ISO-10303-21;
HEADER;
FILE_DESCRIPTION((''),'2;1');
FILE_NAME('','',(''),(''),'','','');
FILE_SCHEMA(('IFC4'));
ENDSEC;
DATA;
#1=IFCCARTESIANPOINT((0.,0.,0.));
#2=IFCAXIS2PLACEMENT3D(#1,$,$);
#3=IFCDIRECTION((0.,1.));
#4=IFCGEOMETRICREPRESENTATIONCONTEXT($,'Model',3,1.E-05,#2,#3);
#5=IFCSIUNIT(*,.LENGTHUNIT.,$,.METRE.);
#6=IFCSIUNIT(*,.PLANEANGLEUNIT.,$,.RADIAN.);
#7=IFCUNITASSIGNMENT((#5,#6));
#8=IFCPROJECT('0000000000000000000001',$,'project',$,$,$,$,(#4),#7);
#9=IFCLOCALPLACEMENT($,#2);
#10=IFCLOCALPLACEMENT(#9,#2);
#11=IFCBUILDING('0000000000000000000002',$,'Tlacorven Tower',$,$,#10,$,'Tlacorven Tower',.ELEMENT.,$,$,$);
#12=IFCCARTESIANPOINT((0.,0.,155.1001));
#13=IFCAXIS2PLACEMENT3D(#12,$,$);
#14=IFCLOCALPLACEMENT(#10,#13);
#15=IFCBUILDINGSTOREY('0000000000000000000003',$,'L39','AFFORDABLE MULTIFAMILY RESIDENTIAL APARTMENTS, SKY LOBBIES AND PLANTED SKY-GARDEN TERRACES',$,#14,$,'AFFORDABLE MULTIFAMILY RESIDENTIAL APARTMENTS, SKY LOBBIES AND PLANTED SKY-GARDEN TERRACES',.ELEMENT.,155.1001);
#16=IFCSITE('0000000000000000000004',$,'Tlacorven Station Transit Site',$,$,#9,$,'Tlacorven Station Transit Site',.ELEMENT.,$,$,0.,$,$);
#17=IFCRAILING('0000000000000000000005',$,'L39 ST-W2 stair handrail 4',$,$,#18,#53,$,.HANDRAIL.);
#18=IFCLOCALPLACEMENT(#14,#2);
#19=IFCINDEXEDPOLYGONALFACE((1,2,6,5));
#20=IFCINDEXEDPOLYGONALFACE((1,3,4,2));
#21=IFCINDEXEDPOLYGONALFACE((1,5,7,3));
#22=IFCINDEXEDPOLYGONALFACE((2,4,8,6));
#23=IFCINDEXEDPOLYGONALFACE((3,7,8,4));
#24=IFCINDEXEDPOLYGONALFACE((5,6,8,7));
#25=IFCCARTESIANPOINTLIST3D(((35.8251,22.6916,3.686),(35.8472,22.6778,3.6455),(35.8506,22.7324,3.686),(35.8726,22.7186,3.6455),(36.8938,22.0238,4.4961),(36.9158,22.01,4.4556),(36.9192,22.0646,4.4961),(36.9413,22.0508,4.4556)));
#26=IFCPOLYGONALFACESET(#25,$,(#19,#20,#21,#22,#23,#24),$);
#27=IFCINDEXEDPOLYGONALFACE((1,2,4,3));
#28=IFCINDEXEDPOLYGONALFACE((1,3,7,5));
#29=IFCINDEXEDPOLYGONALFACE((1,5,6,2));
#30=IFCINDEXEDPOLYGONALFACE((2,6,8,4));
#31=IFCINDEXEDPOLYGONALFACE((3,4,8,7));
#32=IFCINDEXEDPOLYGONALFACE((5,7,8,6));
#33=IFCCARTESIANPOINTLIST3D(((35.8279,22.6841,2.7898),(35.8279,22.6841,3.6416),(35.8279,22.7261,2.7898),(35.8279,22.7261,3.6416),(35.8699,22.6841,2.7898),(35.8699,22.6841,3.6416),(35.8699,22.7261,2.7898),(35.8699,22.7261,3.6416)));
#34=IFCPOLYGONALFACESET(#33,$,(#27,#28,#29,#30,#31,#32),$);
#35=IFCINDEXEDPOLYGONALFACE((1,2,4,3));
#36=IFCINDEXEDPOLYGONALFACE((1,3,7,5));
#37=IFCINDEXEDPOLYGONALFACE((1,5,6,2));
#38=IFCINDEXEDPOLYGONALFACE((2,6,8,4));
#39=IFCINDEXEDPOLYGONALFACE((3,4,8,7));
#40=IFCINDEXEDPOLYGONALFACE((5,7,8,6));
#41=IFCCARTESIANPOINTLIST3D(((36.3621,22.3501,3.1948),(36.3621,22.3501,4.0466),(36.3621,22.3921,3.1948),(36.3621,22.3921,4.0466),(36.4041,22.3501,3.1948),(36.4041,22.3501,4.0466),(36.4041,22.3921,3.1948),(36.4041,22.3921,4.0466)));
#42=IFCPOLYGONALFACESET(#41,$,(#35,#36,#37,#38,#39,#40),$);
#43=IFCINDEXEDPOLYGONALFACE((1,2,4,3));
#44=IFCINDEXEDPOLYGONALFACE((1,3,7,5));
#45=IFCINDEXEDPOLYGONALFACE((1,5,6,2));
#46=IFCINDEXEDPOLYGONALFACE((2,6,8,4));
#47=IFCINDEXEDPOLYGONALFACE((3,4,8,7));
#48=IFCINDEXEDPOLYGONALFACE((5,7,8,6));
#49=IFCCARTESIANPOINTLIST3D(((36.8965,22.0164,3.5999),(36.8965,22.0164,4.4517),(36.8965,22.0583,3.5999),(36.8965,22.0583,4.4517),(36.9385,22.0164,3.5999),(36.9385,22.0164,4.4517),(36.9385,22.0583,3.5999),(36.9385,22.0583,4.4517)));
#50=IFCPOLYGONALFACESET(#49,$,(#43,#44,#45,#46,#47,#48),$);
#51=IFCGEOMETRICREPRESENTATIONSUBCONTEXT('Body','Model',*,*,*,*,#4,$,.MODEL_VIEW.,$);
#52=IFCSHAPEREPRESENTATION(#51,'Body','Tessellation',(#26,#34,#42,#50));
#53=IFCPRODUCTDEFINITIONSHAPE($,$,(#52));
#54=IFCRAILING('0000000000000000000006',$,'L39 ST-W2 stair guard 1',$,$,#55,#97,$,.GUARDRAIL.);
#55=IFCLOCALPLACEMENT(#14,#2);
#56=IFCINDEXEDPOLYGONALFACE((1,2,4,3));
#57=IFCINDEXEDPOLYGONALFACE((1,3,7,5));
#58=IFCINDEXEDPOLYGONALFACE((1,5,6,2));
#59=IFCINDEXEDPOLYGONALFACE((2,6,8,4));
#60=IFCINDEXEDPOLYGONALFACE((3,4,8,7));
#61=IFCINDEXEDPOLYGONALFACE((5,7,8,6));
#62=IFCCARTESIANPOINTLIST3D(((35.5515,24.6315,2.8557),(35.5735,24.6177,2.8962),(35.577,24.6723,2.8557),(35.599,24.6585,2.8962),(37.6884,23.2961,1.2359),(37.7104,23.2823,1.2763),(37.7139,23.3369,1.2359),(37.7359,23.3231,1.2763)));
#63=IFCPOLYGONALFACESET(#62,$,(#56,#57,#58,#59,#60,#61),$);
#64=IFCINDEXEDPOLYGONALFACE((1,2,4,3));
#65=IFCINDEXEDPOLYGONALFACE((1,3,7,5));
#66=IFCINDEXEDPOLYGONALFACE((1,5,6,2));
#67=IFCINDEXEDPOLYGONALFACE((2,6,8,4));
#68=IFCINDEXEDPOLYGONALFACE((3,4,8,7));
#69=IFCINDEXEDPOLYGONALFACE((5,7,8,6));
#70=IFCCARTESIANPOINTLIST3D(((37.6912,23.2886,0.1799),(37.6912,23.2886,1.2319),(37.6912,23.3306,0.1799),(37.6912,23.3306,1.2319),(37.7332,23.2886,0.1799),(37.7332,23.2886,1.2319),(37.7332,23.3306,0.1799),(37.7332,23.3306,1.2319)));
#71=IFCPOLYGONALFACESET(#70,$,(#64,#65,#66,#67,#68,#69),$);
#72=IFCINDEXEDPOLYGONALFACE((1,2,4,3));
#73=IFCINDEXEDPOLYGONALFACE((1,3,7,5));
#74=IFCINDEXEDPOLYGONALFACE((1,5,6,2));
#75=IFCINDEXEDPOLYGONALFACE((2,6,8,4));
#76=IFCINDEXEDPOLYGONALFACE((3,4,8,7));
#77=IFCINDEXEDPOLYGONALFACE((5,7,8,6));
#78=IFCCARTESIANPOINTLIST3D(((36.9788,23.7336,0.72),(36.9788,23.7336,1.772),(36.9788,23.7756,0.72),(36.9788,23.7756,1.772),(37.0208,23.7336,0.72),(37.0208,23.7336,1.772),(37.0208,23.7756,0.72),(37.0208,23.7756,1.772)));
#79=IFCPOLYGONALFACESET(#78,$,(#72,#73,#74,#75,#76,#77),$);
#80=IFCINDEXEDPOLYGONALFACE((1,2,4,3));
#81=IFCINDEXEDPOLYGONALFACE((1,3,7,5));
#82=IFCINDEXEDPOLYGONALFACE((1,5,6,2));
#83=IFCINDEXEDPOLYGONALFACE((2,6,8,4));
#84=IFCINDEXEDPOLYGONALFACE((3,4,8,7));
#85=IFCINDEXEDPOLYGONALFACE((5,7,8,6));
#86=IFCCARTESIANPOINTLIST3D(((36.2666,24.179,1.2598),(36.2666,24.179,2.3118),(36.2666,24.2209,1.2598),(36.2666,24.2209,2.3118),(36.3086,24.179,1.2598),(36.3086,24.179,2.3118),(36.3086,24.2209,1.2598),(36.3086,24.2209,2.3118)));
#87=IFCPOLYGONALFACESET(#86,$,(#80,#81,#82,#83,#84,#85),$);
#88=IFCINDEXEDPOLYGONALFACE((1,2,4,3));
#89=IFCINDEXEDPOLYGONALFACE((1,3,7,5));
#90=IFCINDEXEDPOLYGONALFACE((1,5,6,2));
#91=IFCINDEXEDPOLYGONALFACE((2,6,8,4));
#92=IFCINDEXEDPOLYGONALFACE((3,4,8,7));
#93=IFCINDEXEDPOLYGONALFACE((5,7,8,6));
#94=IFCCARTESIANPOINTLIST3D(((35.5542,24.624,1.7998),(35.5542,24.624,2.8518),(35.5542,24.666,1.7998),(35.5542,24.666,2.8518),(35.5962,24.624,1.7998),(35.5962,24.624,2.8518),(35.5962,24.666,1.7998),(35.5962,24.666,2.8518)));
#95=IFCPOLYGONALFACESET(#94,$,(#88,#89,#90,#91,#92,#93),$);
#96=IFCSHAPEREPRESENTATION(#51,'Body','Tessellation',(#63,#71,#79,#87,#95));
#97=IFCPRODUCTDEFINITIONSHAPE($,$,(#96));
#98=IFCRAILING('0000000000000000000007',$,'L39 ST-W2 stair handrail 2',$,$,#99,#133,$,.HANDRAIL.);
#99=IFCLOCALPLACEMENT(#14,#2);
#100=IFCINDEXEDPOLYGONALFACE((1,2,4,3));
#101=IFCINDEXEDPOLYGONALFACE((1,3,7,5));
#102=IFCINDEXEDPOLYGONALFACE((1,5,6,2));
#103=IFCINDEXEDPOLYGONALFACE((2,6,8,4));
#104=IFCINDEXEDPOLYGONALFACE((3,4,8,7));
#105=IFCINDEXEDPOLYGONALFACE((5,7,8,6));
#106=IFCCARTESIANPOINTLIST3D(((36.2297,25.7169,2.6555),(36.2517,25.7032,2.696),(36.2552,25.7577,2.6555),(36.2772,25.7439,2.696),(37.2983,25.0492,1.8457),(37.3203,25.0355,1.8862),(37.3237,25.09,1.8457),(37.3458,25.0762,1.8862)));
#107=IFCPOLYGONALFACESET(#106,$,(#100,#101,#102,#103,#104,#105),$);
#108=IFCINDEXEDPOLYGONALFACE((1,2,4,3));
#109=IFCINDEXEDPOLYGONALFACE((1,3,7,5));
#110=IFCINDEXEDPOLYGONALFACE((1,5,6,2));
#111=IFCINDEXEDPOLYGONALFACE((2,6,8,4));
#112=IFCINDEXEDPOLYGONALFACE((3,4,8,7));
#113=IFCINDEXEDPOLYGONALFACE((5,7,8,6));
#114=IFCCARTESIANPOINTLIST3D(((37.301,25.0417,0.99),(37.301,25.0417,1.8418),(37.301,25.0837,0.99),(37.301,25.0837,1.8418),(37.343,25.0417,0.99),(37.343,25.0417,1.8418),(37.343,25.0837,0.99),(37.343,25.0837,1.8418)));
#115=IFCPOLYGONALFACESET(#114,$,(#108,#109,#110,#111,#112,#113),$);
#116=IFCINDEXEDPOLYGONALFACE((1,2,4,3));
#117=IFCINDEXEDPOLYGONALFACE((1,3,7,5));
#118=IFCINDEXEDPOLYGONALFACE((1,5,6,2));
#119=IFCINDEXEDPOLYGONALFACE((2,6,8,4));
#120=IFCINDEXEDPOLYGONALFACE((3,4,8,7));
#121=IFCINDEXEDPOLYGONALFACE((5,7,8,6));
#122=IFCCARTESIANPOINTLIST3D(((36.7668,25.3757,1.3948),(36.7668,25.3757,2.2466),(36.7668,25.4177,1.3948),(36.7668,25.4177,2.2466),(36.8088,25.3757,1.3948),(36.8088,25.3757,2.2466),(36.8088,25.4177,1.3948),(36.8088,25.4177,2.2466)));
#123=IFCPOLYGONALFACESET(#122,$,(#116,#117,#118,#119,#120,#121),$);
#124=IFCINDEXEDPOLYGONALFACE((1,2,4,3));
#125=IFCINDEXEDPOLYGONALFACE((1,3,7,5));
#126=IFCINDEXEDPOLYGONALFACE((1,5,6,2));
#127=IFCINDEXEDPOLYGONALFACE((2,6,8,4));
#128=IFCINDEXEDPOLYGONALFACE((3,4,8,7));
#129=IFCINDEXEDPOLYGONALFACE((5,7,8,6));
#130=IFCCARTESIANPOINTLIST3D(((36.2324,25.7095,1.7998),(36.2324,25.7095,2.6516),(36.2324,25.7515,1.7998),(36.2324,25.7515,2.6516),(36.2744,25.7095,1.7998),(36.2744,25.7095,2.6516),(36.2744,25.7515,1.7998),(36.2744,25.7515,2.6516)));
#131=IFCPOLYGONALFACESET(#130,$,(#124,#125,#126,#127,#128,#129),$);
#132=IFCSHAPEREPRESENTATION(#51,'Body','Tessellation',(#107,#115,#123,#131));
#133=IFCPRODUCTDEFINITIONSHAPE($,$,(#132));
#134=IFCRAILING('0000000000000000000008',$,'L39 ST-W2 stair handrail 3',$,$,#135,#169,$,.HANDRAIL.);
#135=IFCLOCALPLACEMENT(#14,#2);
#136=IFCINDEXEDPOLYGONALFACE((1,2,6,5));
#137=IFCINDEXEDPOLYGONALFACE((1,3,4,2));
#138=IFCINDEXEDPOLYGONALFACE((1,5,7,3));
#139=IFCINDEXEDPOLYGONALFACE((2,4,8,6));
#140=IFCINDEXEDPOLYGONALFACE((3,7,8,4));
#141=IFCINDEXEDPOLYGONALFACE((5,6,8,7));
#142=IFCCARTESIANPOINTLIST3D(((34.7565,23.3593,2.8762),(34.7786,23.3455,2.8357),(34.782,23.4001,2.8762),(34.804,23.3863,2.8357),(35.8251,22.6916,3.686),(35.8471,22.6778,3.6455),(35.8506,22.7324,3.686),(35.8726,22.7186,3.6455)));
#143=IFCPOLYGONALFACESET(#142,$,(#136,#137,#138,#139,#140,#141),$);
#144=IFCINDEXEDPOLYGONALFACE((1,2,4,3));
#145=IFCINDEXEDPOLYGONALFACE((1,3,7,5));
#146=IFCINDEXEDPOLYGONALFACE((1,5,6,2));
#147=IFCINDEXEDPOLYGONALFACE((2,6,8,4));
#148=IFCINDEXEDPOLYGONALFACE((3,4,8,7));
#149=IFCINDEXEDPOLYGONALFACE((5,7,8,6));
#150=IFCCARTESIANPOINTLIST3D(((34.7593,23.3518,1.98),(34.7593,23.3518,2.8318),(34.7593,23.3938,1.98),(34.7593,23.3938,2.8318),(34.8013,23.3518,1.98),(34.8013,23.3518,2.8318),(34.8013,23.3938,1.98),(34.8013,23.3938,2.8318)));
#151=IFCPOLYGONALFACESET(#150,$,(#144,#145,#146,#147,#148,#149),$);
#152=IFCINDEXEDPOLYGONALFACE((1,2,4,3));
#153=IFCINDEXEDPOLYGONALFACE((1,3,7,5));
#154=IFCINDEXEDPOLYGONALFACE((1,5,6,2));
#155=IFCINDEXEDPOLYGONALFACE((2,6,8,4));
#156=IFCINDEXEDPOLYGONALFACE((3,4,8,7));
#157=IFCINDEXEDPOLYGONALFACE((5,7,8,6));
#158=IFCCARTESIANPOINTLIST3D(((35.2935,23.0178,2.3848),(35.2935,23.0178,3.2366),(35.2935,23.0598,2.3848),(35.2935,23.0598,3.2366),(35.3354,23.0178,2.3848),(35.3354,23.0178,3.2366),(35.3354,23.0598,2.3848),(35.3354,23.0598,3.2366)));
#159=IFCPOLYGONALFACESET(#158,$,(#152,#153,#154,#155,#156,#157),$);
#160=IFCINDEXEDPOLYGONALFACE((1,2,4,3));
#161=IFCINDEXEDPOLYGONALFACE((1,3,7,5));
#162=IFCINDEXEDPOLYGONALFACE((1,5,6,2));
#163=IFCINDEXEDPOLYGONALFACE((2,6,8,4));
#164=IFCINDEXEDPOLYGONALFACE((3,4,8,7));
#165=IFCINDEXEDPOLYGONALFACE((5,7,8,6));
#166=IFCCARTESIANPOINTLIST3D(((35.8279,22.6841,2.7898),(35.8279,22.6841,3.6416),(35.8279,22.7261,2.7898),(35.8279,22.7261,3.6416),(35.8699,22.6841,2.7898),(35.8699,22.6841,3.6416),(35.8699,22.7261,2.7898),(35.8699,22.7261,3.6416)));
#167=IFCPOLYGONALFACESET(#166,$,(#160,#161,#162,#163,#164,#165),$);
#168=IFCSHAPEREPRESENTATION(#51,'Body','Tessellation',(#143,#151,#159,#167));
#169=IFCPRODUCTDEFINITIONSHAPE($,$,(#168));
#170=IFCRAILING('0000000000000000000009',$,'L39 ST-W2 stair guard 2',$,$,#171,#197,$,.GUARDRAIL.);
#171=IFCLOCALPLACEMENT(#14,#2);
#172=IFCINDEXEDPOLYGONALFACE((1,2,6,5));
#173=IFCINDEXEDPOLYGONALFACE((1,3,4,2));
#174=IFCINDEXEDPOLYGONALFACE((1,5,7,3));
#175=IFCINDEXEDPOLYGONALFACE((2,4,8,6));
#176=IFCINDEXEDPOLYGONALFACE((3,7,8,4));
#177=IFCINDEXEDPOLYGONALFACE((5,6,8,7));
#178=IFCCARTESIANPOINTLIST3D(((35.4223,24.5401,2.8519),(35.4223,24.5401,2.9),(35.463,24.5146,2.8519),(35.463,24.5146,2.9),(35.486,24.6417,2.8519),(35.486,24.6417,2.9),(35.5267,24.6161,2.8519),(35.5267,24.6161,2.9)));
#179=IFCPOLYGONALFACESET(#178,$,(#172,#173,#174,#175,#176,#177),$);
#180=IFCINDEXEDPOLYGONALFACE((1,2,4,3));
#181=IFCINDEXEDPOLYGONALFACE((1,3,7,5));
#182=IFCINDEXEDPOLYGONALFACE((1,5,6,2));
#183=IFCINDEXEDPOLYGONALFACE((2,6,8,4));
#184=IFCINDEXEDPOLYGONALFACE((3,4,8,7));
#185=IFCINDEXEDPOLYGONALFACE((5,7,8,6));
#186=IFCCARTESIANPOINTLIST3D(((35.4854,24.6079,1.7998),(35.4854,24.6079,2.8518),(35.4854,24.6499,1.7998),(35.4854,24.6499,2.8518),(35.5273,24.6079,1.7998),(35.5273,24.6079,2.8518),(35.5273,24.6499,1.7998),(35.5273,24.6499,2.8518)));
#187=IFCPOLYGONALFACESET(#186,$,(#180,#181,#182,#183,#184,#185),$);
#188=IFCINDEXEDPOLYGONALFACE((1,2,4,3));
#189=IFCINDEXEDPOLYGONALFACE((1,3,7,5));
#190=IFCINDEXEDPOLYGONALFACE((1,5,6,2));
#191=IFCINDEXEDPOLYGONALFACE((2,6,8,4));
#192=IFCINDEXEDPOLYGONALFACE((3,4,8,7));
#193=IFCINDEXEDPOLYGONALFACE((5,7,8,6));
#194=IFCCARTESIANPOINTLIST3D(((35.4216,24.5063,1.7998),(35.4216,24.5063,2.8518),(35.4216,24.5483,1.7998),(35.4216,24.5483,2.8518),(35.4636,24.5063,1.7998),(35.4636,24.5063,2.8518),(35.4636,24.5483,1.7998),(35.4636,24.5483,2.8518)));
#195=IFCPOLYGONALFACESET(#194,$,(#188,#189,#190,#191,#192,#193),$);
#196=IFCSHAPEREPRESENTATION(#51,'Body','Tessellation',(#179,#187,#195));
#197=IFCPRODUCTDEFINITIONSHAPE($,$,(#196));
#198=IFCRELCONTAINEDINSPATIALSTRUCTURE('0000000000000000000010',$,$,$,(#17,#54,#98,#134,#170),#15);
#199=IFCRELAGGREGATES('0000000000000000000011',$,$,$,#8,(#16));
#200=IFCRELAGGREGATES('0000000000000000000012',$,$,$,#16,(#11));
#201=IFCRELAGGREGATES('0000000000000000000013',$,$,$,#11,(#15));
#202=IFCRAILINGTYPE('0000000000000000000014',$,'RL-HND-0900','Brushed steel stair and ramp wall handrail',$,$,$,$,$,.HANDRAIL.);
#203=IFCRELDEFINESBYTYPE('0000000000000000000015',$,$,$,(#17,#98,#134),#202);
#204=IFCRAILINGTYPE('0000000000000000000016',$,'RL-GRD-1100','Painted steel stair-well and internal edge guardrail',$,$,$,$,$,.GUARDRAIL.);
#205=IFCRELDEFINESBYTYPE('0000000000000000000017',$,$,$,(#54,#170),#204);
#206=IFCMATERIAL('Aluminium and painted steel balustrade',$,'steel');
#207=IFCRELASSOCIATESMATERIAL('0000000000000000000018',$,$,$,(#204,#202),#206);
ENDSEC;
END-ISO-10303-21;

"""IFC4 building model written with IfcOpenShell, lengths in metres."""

from ifc_helpers import new_model, si_unit, direction, frame, origin, origin_2d, place, context, subcontext, project, spatial, rectangle, extrude, source, transform, mapped, material, type_object, element, save


model = new_model("IFC4")

# Units and contexts
model_context = context("Model", 3, precision=1e-05, world=origin(), true_north=direction((0.0, 1.0)))
body_context = subcontext(model_context, "Body", "Model", "MODEL_VIEW")
ifc_project = project(units=[si_unit("LENGTHUNIT", "METRE"), si_unit("PLANEANGLEUNIT", "RADIAN")], contexts=[model_context])

# Site, building, storey
site_placement = place(None, origin())
site = spatial("IfcSite", under=ifc_project, at=site_placement, Name="Tlacorven Station Transit Site", LongName="Tlacorven Station Transit Site", CompositionType="ELEMENT", RefElevation=0.0)
building_placement = place(site_placement, origin())
building = spatial("IfcBuilding", under=site, at=building_placement, Name="Tlacorven Tower", LongName="Tlacorven Tower", CompositionType="ELEMENT")
storey_placement = place(building_placement, frame((0.0, 0.0, 155.1001)))
storey = spatial("IfcBuildingStorey", under=building, at=storey_placement, Name="L39", Description="AFFORDABLE MULTIFAMILY RESIDENTIAL APARTMENTS, SKY LOBBIES AND PLANTED SKY-GARDEN TERRACES", LongName="AFFORDABLE MULTIFAMILY RESIDENTIAL APARTMENTS, SKY LOBBIES AND PLANTED SKY-GARDEN TERRACES", CompositionType="ELEMENT", Elevation=155.1001)

# Railings
ifc_material_1 = material(Name="Aluminium and painted steel balustrade", Category="steel")
railing_type_1 = type_object("IfcRailingType", Name="RL-GRD-1100", Description="Painted steel stair-well and internal edge guardrail", PredefinedType="GUARDRAIL", material=ifc_material_1)
railing_type_2 = type_object("IfcRailingType", Name="RL-HND-0900", Description="Brushed steel stair and ramp wall handrail", PredefinedType="HANDRAIL", material=ifc_material_1)
shared_shape_1 = source(origin(), body_context, "Body", "SweptSolid", [
    extrude(rectangle(XDim=0.0481, YDim=0.0481, at=origin_2d()), frame((0.0, 0.0, 0.876), z_axis=(0.71336, -0.445748, 0.540765), x_axis=(0.529912, 0.848053, 0.0)), (0.0, 0.0, 1.0), 1.498),
    extrude(rectangle(XDim=0.042, YDim=0.042, at=origin_2d()), origin(), (0.0, 0.0, 1.0), 0.8518),
    extrude(rectangle(XDim=0.042, YDim=0.042, at=origin_2d()), frame((0.5342, -0.334, 0.405)), (0.0, 0.0, 1.0), 0.8518),
    extrude(rectangle(XDim=0.042, YDim=0.042, at=origin_2d()), frame((1.0686, -0.6677, 0.8101)), (0.0, 0.0, 1.0), 0.8518),
])
railing_1_placement = place(storey_placement, frame((35.8489, 22.7051, 2.7898)))
element("IfcRailing", 1, at=railing_1_placement, inside=storey, type_object=railing_type_2, Name="L39 ST-W2 stair handrail 4", PredefinedType="HANDRAIL", context=body_context, shape_type="MappedRepresentation", body=[
    mapped(shared_shape_1, transform((0.0, 0.0, 0.0), scale=1.0)),
])
shared_shape_2 = source(origin(), body_context, "Body", "SweptSolid", [
    extrude(rectangle(XDim=0.0481, YDim=0.0481, at=origin_2d()), frame((0.0, 0.0, 1.0762), z_axis=(-0.713351, 0.445794, 0.540739), x_axis=(-0.529955, -0.848026, 0.0)), (0.0, 0.0, 1.0), 2.9956),
    extrude(rectangle(XDim=0.042, YDim=0.042, at=origin_2d()), origin(), (0.0, 0.0, 1.0), 1.052),
    extrude(rectangle(XDim=0.042, YDim=0.042, at=origin_2d()), frame((-0.7124, 0.4451, 0.54)), (0.0, 0.0, 1.0), 1.052),
    extrude(rectangle(XDim=0.042, YDim=0.042, at=origin_2d()), frame((-1.4246, 0.8904, 1.0798)), (0.0, 0.0, 1.0), 1.052),
    extrude(rectangle(XDim=0.042, YDim=0.042, at=origin_2d()), frame((-2.137, 1.3354, 1.6199)), (0.0, 0.0, 1.0), 1.052),
])
railing_2_placement = place(storey_placement, frame((37.7122, 23.3096, 0.1799)))
element("IfcRailing", 2, at=railing_2_placement, inside=storey, type_object=railing_type_1, Name="L39 ST-W2 stair guard 1", PredefinedType="GUARDRAIL", context=body_context, shape_type="MappedRepresentation", body=[
    mapped(shared_shape_2, transform((0.0, 0.0, 0.0), scale=1.0)),
])
shared_shape_3 = source(origin(), body_context, "Body", "SweptSolid", [
    extrude(rectangle(XDim=0.0481, YDim=0.0481, at=origin_2d()), frame((0.0, 0.0, 0.876), z_axis=(-0.713423, 0.445787, 0.540649), x_axis=(-0.529912, -0.848053, 0.0)), (0.0, 0.0, 1.0), 1.4978),
    extrude(rectangle(XDim=0.042, YDim=0.042, at=origin_2d()), origin(), (0.0, 0.0, 1.0), 0.8518),
    extrude(rectangle(XDim=0.042, YDim=0.042, at=origin_2d()), frame((-0.5342, 0.334, 0.4048)), (0.0, 0.0, 1.0), 0.8518),
    extrude(rectangle(XDim=0.042, YDim=0.042, at=origin_2d()), frame((-1.0686, 0.6677, 0.8098)), (0.0, 0.0, 1.0), 0.8518),
])
railing_3_placement = place(storey_placement, frame((37.322, 25.0627, 0.99)))
element("IfcRailing", 3, at=railing_3_placement, inside=storey, type_object=railing_type_2, Name="L39 ST-W2 stair handrail 2", PredefinedType="HANDRAIL", context=body_context, shape_type="MappedRepresentation", body=[
    mapped(shared_shape_3, transform((0.0, 0.0, 0.0), scale=1.0)),
])
shared_shape_4 = source(origin(), body_context, "Body", "SweptSolid", [
    extrude(rectangle(XDim=0.0481, YDim=0.0481, at=origin_2d()), frame((0.0, 0.0, 0.876), z_axis=(0.713423, -0.445787, 0.540649), x_axis=(0.529912, 0.848053, 0.0)), (0.0, 0.0, 1.0), 1.4978),
    extrude(rectangle(XDim=0.042, YDim=0.042, at=origin_2d()), origin(), (0.0, 0.0, 1.0), 0.8518),
    extrude(rectangle(XDim=0.042, YDim=0.042, at=origin_2d()), frame((0.5342, -0.334, 0.4048)), (0.0, 0.0, 1.0), 0.8518),
    extrude(rectangle(XDim=0.042, YDim=0.042, at=origin_2d()), frame((1.0686, -0.6677, 0.8098)), (0.0, 0.0, 1.0), 0.8518),
])
railing_4_placement = place(storey_placement, frame((34.7803, 23.3728, 1.98)))
element("IfcRailing", 4, at=railing_4_placement, inside=storey, type_object=railing_type_2, Name="L39 ST-W2 stair handrail 3", PredefinedType="HANDRAIL", context=body_context, shape_type="MappedRepresentation", body=[
    mapped(shared_shape_4, transform((0.0, 0.0, 0.0), scale=1.0)),
])
shared_shape_5 = source(origin(), body_context, "Body", "SweptSolid", [
    extrude(rectangle(XDim=0.0481, YDim=0.0481, at=origin_2d()), frame((0.0, 0.0, 1.0762), z_axis=(-0.531462, -0.847082, 0.0), x_axis=(0.847082, -0.531462, 0.0)), (0.0, 0.0, 1.0), 0.1199),
    extrude(rectangle(XDim=0.042, YDim=0.042, at=origin_2d()), origin(), (0.0, 0.0, 1.0), 1.052),
    extrude(rectangle(XDim=0.042, YDim=0.042, at=origin_2d()), frame((-0.0637, -0.1016, 0.0)), (0.0, 0.0, 1.0), 1.052),
])
railing_5_placement = place(storey_placement, frame((35.5063, 24.6289, 1.7998)))
element("IfcRailing", 5, at=railing_5_placement, inside=storey, type_object=railing_type_1, Name="L39 ST-W2 stair guard 2", PredefinedType="GUARDRAIL", context=body_context, shape_type="MappedRepresentation", body=[
    mapped(shared_shape_5, transform((0.0, 0.0, 0.0), scale=1.0)),
])

save(model, "model.ifc")
